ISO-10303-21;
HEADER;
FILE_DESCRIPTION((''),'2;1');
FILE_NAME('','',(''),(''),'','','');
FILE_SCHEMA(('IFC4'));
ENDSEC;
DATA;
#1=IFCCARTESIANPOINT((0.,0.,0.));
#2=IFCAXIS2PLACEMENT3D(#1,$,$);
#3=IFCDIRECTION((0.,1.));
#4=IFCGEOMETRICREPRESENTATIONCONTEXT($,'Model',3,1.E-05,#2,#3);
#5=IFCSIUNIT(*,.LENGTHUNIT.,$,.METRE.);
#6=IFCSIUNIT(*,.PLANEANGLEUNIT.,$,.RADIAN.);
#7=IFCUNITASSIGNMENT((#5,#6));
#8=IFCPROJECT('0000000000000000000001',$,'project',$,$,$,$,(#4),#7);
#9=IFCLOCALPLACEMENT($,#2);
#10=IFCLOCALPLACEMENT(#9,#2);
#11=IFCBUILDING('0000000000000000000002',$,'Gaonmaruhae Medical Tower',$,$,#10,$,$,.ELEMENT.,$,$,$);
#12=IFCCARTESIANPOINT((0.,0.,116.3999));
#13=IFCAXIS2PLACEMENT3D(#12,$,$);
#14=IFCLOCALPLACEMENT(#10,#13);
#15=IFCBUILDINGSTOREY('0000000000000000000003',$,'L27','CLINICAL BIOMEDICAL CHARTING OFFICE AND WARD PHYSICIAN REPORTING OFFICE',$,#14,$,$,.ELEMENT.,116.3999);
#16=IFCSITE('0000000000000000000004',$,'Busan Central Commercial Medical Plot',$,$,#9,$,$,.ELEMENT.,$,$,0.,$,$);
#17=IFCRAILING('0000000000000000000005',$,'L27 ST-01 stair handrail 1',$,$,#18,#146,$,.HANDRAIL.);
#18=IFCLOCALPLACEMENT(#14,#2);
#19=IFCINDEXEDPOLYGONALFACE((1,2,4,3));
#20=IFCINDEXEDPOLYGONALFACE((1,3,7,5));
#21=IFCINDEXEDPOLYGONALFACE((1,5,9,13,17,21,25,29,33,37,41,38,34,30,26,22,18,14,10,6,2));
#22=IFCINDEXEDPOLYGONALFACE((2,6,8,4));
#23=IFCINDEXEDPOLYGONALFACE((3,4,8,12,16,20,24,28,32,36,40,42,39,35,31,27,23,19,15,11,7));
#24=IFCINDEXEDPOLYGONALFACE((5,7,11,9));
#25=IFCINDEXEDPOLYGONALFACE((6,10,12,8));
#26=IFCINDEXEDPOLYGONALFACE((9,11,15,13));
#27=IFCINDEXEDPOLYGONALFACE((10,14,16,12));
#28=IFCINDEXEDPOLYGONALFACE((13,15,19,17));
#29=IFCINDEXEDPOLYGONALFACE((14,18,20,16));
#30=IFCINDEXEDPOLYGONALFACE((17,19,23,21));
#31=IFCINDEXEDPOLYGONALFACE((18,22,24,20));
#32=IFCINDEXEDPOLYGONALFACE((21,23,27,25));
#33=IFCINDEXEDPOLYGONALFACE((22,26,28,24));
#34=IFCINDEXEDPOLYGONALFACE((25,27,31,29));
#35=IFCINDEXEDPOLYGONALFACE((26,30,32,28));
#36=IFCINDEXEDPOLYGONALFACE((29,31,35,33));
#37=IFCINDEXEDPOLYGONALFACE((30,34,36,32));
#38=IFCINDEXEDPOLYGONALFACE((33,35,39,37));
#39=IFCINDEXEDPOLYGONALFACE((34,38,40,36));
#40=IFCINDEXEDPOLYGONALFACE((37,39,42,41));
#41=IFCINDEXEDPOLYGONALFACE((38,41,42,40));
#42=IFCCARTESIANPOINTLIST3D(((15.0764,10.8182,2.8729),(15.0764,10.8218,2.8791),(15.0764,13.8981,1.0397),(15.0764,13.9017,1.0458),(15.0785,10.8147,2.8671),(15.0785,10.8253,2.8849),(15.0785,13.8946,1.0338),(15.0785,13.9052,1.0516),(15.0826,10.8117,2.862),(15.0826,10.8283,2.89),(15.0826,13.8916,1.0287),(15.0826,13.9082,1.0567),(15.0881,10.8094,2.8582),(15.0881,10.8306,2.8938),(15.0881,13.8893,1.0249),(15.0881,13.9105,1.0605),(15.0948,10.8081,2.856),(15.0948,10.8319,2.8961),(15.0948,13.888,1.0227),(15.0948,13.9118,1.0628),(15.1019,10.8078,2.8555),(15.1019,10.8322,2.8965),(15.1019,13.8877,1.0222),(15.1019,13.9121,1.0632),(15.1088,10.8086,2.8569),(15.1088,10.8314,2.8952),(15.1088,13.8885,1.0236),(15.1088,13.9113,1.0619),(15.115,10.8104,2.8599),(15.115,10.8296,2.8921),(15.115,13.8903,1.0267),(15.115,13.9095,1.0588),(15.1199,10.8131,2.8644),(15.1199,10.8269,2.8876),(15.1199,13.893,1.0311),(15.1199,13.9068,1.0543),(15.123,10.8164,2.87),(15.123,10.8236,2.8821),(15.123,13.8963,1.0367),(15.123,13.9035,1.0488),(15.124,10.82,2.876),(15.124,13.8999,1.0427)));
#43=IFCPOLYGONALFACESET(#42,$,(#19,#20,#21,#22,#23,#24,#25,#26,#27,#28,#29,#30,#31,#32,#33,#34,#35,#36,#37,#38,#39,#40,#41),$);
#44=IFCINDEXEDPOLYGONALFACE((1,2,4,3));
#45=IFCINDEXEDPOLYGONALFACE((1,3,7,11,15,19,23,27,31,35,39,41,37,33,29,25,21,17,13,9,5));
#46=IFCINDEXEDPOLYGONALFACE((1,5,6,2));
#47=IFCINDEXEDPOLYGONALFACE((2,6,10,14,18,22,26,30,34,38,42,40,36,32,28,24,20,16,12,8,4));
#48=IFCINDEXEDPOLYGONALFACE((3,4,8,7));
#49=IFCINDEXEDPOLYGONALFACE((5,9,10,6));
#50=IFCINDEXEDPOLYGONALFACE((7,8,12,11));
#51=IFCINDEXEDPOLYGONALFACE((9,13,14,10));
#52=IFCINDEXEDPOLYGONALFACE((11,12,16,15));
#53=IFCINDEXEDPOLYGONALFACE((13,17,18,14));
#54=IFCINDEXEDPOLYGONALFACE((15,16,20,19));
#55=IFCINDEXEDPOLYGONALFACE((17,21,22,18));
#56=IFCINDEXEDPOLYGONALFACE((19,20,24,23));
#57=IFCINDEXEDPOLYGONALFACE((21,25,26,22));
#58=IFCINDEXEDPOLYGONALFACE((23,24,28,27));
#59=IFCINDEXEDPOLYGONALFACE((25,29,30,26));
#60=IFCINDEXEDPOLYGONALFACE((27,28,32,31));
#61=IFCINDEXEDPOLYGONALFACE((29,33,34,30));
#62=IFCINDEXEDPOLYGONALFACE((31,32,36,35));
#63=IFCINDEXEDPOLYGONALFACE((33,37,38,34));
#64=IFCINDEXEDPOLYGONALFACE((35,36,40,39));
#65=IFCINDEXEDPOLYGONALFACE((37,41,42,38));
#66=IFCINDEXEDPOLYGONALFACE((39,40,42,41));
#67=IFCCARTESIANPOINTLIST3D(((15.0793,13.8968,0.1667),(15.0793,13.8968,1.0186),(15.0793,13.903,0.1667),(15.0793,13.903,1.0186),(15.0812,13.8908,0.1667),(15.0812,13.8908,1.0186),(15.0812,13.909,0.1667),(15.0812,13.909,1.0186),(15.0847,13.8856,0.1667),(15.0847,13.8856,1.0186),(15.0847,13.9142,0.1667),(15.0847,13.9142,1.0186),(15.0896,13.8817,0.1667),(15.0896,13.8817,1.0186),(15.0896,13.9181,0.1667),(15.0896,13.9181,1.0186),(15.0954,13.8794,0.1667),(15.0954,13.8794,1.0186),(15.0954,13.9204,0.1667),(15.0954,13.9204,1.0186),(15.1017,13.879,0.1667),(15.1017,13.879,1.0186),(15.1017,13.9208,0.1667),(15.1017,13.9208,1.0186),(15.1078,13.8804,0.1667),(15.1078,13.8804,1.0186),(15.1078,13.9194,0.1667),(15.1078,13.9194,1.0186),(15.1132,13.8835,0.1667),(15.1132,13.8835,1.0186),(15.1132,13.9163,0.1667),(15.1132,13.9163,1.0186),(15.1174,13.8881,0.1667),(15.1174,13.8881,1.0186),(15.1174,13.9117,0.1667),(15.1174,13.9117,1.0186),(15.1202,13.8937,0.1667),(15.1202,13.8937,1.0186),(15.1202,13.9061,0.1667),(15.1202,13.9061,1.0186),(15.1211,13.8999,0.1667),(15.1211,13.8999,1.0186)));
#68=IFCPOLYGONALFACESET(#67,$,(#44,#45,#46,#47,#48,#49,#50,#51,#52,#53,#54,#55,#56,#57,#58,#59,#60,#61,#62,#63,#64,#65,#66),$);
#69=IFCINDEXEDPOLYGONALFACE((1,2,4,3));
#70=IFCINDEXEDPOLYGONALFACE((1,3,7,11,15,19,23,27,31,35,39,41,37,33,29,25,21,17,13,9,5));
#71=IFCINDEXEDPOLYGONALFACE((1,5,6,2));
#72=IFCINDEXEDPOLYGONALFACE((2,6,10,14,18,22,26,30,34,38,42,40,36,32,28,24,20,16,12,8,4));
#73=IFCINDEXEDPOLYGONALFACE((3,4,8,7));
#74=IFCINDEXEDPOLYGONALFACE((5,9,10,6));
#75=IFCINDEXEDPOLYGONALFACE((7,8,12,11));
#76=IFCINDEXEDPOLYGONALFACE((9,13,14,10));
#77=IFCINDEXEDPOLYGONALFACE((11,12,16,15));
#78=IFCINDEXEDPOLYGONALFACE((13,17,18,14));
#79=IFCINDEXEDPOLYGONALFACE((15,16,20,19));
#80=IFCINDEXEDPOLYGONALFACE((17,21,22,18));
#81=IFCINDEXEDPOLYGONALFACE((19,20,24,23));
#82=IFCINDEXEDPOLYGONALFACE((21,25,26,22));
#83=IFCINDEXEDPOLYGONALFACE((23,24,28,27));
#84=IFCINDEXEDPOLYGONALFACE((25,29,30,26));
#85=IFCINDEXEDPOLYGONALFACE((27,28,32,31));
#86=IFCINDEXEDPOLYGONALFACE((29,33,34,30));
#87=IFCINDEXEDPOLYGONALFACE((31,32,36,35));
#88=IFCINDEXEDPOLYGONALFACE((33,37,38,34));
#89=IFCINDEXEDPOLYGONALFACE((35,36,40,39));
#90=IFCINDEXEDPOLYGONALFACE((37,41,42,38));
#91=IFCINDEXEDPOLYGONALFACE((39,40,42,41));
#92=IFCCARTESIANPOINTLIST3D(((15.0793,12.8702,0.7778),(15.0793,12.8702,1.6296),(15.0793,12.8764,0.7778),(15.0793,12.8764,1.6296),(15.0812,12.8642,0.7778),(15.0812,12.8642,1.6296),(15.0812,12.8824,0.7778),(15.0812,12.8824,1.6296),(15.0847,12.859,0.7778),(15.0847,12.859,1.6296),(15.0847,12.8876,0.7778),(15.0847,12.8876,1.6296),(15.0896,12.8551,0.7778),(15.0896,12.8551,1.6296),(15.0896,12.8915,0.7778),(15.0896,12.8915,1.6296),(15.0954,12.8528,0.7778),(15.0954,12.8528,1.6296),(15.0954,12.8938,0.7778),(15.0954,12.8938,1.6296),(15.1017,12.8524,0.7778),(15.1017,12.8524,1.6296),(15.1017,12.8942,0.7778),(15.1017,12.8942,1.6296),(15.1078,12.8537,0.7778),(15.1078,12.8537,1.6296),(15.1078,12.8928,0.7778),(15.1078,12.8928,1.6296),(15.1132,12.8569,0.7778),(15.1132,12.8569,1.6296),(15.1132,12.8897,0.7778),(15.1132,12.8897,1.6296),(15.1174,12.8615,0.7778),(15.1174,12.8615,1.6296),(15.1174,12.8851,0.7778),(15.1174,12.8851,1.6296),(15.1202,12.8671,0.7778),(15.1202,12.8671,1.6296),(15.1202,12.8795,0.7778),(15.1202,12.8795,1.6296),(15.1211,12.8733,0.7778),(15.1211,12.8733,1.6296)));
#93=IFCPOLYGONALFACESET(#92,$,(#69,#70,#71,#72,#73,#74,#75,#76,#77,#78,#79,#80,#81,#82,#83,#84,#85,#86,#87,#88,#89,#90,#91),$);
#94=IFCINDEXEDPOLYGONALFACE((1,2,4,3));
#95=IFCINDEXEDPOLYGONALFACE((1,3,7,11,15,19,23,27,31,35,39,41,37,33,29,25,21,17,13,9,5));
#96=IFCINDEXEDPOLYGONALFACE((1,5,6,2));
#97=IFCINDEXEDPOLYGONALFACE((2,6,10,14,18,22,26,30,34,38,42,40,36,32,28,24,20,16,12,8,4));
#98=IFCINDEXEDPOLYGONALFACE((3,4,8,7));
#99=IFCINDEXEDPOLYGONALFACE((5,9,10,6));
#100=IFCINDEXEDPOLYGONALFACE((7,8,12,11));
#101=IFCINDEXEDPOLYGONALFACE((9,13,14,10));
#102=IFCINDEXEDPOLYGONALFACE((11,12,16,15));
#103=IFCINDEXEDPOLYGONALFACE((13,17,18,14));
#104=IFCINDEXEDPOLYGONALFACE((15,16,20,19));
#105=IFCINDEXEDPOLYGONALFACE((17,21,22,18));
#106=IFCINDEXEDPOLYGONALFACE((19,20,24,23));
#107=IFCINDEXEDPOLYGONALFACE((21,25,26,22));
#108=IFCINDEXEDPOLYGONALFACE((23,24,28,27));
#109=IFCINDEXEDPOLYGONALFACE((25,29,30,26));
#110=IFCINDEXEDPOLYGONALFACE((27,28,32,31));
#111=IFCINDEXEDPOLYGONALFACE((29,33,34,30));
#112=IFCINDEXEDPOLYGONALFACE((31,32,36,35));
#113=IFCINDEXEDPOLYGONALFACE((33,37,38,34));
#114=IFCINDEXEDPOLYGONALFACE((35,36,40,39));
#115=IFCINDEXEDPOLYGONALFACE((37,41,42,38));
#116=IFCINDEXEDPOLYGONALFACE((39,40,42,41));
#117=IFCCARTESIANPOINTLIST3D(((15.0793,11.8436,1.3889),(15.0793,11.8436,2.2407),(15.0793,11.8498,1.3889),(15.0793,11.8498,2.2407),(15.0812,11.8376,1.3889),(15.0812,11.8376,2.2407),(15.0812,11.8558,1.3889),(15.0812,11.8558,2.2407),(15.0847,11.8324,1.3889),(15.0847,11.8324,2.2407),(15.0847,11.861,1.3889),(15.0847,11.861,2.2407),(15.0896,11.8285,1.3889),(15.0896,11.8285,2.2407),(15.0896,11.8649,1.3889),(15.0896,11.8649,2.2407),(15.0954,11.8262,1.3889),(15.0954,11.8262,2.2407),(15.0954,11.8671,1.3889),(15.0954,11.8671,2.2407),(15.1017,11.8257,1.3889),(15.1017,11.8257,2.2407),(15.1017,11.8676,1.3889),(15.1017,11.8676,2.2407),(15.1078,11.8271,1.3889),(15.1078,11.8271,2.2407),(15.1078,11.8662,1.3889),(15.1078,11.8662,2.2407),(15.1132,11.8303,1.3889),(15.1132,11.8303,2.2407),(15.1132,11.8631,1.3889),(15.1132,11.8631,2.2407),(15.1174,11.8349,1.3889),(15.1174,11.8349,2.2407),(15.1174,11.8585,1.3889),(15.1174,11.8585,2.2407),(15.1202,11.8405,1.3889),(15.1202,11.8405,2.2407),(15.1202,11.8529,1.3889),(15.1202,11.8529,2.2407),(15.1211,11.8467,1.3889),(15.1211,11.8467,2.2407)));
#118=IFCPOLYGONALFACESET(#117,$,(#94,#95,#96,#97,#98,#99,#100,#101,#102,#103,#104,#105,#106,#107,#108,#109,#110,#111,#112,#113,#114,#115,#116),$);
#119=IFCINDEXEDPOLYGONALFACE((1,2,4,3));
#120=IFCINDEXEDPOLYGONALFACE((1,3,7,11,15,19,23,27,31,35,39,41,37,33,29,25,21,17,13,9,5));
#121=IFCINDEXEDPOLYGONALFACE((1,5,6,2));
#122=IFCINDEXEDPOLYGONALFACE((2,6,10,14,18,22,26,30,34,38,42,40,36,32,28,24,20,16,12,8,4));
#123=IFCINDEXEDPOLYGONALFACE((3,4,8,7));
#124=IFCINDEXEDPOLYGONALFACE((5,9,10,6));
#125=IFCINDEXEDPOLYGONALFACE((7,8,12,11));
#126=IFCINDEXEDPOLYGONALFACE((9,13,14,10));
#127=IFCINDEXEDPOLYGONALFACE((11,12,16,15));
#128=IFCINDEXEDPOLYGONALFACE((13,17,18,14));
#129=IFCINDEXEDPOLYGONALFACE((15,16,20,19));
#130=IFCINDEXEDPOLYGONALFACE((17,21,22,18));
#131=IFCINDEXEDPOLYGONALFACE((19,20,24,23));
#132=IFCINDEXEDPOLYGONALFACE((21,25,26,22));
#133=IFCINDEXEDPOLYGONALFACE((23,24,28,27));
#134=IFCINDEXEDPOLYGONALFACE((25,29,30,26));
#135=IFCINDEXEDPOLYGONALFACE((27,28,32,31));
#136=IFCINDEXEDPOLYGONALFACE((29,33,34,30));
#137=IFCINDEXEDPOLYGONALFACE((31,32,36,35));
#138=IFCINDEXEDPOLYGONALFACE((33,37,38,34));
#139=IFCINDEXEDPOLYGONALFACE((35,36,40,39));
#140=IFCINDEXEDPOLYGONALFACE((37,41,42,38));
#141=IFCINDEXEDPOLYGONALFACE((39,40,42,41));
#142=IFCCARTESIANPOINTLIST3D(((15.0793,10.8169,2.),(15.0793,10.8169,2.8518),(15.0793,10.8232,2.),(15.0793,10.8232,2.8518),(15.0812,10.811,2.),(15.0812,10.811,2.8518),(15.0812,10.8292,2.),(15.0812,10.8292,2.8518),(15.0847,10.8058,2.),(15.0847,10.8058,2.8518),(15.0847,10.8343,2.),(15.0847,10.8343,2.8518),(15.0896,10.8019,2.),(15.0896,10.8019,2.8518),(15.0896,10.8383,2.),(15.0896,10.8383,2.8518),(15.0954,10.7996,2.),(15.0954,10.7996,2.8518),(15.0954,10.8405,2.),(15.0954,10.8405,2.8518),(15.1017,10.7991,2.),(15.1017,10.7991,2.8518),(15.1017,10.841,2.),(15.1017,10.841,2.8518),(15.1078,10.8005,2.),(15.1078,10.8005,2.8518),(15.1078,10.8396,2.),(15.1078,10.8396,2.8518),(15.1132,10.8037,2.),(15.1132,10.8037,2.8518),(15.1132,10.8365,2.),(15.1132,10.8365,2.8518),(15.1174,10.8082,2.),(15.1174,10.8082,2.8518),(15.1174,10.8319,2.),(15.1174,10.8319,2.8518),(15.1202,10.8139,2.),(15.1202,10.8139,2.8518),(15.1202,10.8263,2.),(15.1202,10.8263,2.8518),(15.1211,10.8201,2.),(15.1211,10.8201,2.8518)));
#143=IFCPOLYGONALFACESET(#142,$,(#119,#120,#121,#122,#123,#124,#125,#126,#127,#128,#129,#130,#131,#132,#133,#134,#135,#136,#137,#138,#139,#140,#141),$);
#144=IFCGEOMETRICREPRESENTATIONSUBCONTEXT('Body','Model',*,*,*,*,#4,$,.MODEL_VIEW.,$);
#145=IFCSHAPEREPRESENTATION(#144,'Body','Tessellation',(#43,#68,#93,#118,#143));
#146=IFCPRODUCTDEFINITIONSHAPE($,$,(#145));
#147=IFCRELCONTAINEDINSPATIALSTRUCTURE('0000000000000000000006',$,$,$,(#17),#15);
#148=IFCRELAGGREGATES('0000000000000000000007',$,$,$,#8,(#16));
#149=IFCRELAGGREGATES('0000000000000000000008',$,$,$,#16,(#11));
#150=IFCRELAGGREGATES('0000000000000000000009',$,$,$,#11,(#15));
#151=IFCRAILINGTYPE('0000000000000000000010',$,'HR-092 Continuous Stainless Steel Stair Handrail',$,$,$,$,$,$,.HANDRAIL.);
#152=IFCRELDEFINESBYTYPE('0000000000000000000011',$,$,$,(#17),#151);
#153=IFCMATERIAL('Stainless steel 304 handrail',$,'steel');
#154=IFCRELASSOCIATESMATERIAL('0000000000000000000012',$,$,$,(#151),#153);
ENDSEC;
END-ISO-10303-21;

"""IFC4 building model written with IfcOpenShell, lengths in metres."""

from ifc_helpers import new_model, si_unit, direction, frame, origin, origin_2d, place, context, subcontext, project, spatial, circle, extrude, material, type_object, element, save


model = new_model("IFC4")

# Units and contexts
model_context = context("Model", 3, precision=1e-05, world=origin(), true_north=direction((0.0, 1.0)))
body_context = subcontext(model_context, "Body", "Model", "MODEL_VIEW")
ifc_project = project(units=[si_unit("LENGTHUNIT", "METRE"), si_unit("PLANEANGLEUNIT", "RADIAN")], contexts=[model_context])

# Site, building, storey
site_placement = place(None, origin())
site = spatial("IfcSite", under=ifc_project, at=site_placement, Name="Busan Central Commercial Medical Plot", CompositionType="ELEMENT", RefElevation=0.0)
building_placement = place(site_placement, origin())
building = spatial("IfcBuilding", under=site, at=building_placement, Name="Gaonmaruhae Medical Tower", CompositionType="ELEMENT")
storey_placement = place(building_placement, frame((0.0, 0.0, 116.3999)))
storey = spatial("IfcBuildingStorey", under=building, at=storey_placement, Name="L27", Description="CLINICAL BIOMEDICAL CHARTING OFFICE AND WARD PHYSICIAN REPORTING OFFICE", CompositionType="ELEMENT", Elevation=116.3999)

# Railing
ifc_material_1 = material(Name="Stainless steel 304 handrail", Category="steel")
railing_type_1 = type_object("IfcRailingType", Name="HR-092 Continuous Stainless Steel Stair Handrail", PredefinedType="HANDRAIL", material=ifc_material_1)
railing_1_placement = place(storey_placement, frame((15.1001, 13.8999, 0.1667)))
element("IfcRailing", 1, at=railing_1_placement, inside=storey, type_object=railing_type_1, Name="L27 ST-01 stair handrail 1", PredefinedType="HANDRAIL", context=body_context, shape_type="SweptSolid", body=[
    extrude(circle(Radius=0.0239, at=origin_2d()), frame((0.0, 0.0, 0.876), z_axis=(0.0, -0.859291, 0.511487), x_axis=(1.0, 0.0, 0.0)), (0.0, 0.0, 1.0), 3.5842),
    extrude(circle(Radius=0.021, at=origin_2d()), origin(), (0.0, 0.0, 1.0), 0.8518),
    extrude(circle(Radius=0.021, at=origin_2d()), frame((0.0, -1.0266, 0.6111)), (0.0, 0.0, 1.0), 0.8518),
    extrude(circle(Radius=0.021, at=origin_2d()), frame((0.0, -2.0532, 1.2222)), (0.0, 0.0, 1.0), 0.8518),
    extrude(circle(Radius=0.021, at=origin_2d()), frame((0.0, -3.0798, 1.8333)), (0.0, 0.0, 1.0), 0.8518),
])

save(model, "model.ifc")
